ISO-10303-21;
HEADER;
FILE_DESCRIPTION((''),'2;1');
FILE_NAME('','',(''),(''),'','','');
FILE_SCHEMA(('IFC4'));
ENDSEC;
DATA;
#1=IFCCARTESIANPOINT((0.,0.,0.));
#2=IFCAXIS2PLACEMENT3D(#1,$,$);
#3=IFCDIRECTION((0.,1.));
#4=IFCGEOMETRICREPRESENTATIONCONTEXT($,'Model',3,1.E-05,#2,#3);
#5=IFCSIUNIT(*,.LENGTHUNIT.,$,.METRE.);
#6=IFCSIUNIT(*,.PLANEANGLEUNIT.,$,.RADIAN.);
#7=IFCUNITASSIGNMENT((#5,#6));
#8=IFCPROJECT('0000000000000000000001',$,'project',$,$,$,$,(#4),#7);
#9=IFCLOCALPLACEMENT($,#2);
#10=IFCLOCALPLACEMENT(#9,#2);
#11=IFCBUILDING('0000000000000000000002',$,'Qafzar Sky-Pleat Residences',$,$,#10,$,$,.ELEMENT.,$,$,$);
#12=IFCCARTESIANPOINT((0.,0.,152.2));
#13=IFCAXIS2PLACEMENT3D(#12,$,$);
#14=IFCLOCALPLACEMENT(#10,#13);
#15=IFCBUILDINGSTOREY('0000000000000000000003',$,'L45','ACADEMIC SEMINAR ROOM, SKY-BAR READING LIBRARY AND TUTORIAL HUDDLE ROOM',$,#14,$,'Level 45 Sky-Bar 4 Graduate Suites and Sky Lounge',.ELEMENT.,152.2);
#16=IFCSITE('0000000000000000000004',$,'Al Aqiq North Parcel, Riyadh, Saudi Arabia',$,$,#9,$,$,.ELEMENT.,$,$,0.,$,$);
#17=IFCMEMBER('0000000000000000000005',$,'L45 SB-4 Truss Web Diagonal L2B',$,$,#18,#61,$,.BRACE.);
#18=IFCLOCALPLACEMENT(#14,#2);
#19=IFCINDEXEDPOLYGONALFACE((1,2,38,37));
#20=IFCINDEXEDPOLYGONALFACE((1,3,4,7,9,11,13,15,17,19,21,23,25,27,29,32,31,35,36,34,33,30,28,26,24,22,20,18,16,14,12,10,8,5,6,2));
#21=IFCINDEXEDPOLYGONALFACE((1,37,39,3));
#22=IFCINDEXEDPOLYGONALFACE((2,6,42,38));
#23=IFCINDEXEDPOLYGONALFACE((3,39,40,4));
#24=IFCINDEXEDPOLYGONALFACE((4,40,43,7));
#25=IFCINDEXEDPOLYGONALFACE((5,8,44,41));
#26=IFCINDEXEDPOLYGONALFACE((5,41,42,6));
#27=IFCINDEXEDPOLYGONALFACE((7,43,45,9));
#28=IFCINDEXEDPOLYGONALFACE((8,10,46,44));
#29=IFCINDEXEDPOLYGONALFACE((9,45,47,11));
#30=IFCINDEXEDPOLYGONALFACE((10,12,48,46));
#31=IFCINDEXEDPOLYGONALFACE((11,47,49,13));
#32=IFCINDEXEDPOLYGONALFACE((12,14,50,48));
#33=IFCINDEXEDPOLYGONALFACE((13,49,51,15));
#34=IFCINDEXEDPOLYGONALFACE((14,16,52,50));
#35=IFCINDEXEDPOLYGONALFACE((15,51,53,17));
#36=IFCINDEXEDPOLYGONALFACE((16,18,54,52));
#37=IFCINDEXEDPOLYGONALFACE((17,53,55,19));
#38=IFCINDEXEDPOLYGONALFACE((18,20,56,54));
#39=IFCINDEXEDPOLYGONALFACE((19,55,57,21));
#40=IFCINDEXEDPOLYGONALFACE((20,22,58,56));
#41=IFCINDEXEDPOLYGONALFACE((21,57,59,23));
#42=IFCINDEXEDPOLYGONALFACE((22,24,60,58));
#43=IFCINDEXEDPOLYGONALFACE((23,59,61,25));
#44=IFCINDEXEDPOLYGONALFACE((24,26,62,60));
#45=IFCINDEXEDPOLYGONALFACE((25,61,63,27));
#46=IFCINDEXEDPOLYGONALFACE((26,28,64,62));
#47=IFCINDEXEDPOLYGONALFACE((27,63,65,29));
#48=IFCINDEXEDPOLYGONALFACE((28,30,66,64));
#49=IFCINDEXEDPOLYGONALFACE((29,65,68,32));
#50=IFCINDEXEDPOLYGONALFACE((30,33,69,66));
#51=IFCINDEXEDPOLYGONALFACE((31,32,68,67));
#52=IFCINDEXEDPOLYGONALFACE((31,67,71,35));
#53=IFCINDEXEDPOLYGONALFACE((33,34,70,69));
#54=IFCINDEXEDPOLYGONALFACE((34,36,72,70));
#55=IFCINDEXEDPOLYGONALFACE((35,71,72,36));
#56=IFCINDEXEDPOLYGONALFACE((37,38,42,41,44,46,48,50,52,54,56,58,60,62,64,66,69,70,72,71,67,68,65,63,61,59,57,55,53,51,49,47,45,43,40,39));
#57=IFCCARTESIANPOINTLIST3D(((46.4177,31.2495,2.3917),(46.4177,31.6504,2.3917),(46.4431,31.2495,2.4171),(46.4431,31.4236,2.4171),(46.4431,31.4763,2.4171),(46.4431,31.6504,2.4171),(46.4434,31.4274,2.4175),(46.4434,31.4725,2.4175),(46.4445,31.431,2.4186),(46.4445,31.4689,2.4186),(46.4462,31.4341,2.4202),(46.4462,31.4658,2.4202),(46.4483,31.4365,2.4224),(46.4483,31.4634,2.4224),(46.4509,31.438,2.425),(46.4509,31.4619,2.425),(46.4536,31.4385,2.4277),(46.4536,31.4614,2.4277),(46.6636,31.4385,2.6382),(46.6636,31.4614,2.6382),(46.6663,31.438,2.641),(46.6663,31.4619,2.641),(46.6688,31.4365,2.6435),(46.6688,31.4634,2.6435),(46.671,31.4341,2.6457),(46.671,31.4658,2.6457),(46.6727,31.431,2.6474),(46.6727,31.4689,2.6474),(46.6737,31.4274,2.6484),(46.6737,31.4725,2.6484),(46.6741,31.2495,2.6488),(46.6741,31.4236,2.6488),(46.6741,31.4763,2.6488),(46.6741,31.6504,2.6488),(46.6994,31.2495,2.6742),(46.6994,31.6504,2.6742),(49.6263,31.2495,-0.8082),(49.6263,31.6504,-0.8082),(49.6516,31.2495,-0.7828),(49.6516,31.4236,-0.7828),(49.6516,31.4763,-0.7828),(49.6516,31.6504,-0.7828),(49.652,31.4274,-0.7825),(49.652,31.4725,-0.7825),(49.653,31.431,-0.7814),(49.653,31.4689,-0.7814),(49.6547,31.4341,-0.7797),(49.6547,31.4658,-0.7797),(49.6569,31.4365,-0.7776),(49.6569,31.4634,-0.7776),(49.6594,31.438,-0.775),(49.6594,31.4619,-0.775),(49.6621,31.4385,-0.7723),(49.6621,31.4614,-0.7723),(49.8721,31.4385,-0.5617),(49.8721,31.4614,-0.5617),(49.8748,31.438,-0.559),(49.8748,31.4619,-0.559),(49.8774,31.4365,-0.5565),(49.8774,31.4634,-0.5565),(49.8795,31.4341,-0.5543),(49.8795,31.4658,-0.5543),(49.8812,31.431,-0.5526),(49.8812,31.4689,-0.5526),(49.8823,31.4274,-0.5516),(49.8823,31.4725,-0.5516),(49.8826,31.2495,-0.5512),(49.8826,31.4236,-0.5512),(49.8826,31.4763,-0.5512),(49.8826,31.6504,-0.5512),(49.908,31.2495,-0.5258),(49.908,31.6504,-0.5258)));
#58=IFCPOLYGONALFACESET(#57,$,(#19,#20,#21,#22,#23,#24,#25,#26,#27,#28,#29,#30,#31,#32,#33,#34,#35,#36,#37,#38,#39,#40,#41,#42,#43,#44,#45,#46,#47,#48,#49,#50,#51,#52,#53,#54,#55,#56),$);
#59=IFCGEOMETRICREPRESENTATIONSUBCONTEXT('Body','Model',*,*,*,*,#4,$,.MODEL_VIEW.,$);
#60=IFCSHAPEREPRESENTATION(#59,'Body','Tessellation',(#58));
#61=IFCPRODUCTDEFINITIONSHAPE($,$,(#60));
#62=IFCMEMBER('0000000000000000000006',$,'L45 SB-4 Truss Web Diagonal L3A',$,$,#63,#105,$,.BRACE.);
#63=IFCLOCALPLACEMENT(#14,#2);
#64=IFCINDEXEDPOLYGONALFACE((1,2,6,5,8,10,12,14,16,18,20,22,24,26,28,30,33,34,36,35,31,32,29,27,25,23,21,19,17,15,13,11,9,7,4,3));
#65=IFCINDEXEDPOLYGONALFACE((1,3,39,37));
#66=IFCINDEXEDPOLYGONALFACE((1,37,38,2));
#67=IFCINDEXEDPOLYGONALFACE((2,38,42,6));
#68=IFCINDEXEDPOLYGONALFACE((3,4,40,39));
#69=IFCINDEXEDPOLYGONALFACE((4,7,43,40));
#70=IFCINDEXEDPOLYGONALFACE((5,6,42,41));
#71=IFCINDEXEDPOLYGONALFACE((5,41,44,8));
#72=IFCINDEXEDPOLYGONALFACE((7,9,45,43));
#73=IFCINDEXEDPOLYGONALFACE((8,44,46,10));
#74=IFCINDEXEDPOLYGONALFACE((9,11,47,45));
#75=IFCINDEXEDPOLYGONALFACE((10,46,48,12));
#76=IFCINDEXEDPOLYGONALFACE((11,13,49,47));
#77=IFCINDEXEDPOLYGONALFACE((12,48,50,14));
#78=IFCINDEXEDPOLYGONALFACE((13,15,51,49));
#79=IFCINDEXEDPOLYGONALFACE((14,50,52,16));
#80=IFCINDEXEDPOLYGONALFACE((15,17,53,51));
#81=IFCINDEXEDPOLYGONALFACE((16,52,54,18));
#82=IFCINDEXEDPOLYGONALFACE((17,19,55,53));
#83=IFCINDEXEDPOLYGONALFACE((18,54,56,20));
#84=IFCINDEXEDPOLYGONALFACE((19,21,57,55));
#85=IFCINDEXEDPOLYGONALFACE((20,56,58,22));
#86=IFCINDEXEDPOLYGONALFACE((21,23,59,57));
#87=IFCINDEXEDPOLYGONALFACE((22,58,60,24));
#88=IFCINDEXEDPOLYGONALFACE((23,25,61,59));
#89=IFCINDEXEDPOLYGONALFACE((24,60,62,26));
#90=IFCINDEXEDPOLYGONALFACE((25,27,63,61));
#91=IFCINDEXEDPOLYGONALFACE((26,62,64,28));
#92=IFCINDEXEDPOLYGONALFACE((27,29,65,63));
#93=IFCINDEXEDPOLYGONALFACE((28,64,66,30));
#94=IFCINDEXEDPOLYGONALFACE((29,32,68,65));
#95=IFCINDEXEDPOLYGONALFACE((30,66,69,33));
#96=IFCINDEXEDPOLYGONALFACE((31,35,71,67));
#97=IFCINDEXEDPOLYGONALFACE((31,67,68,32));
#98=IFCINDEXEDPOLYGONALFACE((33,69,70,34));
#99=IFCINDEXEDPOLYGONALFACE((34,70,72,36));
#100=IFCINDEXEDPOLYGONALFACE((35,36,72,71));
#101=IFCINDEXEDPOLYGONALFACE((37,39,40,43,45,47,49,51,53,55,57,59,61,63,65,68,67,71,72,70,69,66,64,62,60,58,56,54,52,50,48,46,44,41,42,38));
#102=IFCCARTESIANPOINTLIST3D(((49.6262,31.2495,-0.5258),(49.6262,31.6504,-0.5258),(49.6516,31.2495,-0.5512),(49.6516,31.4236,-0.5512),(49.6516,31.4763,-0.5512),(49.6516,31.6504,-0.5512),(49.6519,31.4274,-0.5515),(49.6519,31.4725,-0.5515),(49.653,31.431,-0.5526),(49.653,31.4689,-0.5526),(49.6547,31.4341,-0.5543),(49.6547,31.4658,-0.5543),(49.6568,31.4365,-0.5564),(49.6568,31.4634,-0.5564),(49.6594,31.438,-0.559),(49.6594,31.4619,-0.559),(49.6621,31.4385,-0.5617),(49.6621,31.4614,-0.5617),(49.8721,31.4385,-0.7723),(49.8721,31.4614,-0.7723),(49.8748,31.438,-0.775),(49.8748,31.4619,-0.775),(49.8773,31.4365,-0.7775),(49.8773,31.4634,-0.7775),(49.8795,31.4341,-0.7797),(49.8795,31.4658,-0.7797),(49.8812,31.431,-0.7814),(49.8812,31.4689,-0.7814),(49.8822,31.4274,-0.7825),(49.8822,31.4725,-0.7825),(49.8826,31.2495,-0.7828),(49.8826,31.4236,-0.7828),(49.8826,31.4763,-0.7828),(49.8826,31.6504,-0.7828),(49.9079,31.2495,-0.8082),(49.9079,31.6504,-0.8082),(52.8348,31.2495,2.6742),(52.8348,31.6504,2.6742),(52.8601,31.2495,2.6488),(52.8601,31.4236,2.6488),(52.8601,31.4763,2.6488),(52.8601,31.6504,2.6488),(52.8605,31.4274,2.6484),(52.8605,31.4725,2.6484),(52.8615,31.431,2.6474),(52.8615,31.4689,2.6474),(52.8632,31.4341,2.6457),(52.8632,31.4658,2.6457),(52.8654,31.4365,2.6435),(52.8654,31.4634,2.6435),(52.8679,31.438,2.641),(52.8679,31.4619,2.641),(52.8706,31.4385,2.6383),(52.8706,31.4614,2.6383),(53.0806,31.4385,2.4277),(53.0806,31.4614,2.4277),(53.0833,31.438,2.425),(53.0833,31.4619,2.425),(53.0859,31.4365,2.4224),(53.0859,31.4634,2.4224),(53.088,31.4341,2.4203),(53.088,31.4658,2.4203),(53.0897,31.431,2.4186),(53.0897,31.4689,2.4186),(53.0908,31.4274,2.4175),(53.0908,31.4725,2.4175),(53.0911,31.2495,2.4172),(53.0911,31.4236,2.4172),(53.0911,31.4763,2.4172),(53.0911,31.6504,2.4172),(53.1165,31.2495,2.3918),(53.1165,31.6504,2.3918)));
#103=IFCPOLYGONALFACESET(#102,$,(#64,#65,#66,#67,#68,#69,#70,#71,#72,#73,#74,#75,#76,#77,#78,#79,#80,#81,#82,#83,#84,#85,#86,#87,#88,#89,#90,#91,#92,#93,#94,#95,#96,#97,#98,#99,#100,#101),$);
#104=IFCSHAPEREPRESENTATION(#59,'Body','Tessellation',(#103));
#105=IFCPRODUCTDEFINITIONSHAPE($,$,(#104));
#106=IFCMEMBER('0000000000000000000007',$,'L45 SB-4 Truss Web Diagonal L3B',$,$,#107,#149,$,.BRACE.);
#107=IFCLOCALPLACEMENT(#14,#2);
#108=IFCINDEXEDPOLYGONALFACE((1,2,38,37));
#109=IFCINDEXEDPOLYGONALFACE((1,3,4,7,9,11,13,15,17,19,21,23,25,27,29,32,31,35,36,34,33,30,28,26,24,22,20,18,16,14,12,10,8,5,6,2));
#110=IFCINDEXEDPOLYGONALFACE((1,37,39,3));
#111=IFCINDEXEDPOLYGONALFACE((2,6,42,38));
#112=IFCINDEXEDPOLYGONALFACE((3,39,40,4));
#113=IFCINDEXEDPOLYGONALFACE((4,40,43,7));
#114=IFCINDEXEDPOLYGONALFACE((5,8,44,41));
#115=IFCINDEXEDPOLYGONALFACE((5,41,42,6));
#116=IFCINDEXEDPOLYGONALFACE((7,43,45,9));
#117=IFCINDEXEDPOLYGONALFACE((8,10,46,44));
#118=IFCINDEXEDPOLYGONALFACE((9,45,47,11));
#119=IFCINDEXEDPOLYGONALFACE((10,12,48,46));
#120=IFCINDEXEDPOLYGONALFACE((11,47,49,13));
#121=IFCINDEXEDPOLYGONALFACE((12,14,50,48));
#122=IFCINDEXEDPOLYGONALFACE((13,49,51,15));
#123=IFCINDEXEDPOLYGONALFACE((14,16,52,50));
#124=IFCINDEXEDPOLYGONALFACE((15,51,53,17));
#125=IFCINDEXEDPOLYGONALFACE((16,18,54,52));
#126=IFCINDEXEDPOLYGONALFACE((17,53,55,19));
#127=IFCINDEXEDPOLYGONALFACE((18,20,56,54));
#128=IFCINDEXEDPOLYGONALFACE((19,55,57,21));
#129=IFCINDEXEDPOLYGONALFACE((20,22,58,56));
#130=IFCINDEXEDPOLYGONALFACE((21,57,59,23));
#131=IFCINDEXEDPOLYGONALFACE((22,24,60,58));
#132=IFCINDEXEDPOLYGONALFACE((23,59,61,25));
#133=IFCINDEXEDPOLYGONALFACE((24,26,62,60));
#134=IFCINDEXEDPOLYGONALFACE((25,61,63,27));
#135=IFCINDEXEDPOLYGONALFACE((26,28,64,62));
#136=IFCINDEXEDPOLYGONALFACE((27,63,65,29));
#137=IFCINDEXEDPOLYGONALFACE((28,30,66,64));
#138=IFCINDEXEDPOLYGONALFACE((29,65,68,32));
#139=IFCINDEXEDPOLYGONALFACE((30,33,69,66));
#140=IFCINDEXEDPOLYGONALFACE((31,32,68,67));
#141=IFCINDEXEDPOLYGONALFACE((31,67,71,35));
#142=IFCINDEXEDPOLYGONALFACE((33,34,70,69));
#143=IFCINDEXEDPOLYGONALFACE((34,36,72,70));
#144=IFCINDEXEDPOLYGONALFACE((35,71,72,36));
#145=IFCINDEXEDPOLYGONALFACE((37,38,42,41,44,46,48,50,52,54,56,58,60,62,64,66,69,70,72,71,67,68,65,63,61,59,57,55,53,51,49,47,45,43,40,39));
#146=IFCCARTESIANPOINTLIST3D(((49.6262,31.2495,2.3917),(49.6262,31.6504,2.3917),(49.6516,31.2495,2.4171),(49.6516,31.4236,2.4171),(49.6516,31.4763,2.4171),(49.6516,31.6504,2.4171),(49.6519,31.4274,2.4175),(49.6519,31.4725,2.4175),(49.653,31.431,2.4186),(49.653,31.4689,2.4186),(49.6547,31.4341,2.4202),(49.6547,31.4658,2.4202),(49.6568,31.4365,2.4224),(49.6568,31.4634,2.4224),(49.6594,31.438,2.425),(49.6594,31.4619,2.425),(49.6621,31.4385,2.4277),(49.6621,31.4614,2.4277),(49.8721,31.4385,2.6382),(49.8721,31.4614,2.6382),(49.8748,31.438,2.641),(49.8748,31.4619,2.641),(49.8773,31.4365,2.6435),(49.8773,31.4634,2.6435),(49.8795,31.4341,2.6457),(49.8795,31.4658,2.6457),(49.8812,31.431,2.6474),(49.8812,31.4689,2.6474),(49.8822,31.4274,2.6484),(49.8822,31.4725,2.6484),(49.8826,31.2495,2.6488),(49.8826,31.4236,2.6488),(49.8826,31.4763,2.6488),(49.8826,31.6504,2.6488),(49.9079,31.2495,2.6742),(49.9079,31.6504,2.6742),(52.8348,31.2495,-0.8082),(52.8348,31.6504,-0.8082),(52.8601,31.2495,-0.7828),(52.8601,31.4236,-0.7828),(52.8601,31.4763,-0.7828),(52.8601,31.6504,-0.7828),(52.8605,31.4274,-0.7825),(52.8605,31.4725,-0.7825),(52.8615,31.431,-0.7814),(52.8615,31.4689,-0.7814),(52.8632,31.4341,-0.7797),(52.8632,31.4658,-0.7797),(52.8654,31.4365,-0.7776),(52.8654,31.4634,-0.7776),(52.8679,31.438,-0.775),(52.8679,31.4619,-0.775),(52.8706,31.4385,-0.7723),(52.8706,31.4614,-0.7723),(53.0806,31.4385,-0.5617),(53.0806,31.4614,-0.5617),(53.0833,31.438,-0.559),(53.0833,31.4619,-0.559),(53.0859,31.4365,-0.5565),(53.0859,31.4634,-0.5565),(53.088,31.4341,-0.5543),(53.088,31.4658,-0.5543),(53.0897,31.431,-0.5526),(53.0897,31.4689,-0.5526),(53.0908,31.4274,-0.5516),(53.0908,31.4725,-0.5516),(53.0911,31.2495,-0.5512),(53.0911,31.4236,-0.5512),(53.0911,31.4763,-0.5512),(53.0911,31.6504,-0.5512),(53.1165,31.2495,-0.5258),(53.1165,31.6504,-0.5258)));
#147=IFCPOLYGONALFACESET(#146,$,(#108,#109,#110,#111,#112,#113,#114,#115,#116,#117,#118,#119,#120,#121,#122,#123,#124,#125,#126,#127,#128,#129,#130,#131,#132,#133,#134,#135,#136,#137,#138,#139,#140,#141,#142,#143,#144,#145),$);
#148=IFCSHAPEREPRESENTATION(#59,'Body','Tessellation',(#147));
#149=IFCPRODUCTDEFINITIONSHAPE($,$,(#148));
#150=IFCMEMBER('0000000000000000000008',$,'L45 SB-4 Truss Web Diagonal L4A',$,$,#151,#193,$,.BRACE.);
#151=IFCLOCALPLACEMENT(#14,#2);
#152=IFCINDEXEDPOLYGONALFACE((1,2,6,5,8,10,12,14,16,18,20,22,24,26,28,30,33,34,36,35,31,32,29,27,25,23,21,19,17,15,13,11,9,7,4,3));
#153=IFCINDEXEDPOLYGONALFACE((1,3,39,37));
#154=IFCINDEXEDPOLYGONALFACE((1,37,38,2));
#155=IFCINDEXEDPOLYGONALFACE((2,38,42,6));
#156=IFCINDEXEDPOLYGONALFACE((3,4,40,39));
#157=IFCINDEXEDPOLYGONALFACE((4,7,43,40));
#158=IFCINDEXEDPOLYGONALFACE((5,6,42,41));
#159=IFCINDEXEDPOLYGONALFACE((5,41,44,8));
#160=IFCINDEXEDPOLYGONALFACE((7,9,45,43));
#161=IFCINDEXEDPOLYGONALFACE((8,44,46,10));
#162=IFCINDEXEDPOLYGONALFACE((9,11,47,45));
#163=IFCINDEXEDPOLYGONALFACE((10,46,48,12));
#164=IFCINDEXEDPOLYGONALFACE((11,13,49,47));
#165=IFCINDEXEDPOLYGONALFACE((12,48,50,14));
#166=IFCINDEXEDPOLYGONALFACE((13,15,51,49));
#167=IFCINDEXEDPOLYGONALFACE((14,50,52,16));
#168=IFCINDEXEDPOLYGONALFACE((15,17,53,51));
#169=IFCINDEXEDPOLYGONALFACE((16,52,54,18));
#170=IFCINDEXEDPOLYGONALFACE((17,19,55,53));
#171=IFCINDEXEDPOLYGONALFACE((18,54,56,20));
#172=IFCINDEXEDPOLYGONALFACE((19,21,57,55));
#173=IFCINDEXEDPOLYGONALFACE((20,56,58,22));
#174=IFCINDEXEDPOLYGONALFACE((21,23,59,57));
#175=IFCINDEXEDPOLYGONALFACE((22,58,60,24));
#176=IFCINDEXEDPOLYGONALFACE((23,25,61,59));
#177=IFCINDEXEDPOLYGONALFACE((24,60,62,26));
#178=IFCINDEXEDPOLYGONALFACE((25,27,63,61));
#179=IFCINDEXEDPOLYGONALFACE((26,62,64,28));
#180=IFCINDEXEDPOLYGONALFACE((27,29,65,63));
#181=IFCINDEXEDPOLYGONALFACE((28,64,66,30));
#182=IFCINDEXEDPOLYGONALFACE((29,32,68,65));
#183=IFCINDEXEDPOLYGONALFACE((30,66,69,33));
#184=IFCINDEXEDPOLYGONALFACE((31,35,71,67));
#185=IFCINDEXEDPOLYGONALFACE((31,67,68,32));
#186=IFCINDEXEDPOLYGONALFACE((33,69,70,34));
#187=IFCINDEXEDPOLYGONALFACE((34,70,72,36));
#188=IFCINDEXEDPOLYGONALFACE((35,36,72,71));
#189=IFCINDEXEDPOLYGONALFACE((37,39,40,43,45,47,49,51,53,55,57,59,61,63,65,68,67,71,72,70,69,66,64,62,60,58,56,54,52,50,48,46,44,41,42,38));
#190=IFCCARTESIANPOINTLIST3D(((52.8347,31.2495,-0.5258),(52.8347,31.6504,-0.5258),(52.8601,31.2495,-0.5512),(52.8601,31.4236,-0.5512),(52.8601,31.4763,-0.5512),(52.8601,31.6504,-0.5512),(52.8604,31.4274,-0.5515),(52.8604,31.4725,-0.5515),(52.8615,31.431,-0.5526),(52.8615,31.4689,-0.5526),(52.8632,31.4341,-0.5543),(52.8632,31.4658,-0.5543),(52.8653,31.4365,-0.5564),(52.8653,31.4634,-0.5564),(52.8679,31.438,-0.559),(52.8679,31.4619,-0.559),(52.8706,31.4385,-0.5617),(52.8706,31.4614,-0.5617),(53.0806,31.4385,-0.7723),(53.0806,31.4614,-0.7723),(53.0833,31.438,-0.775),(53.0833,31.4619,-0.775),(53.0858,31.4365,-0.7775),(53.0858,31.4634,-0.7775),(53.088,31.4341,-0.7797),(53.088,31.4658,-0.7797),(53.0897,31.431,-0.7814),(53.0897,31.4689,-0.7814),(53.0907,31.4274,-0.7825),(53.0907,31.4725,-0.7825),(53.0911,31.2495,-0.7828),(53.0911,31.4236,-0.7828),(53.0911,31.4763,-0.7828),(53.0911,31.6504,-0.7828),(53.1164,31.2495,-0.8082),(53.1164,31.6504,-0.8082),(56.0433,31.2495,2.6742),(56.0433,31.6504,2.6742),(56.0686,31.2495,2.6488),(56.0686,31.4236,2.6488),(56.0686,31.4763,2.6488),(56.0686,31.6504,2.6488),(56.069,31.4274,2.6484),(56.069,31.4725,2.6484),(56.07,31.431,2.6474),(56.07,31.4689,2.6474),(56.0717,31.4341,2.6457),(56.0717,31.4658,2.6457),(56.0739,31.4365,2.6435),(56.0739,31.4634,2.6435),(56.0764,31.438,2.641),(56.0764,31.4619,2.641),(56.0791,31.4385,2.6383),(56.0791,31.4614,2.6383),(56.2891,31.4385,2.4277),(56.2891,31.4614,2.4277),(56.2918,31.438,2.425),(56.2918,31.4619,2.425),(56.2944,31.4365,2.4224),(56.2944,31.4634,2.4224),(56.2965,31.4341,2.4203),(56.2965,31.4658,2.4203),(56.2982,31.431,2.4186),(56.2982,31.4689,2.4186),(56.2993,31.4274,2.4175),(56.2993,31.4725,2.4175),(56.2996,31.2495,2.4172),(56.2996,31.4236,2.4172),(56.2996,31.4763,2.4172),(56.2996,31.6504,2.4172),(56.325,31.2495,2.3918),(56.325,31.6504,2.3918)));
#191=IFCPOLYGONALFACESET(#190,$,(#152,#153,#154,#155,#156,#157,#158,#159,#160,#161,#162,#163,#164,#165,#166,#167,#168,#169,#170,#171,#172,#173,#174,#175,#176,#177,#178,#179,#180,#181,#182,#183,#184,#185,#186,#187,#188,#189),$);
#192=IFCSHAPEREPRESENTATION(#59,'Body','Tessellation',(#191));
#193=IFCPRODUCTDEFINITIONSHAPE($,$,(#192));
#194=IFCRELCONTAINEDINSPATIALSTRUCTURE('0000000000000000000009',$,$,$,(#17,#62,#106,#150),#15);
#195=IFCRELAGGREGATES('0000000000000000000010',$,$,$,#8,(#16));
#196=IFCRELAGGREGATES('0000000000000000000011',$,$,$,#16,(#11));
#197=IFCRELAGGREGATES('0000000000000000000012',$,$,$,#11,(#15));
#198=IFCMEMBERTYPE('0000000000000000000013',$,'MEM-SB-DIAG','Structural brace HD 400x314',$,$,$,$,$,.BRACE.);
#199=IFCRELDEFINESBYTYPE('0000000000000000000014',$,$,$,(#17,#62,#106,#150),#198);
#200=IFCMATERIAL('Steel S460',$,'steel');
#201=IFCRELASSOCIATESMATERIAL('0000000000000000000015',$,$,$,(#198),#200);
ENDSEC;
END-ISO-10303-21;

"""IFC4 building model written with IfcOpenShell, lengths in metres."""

from ifc_helpers import new_model, si_unit, direction, frame, origin, origin_2d, place, context, subcontext, project, spatial, i_section, extrude, source, transform, mapped, material, material_profile, profile_set, type_object, element, save


model = new_model("IFC4")

# Units and contexts
model_context = context("Model", 3, precision=1e-05, world=origin(), true_north=direction((0.0, 1.0)))
body_context = subcontext(model_context, "Body", "Model", "MODEL_VIEW")
ifc_project = project(units=[si_unit("LENGTHUNIT", "METRE"), si_unit("PLANEANGLEUNIT", "RADIAN")], contexts=[model_context])

# Site, building, storey
site_placement = place(None, origin())
site = spatial("IfcSite", under=ifc_project, at=site_placement, Name="Al Aqiq North Parcel, Riyadh, Saudi Arabia", CompositionType="ELEMENT", RefElevation=0.0)
building_placement = place(site_placement, origin())
building = spatial("IfcBuilding", under=site, at=building_placement, Name="Qafzar Sky-Pleat Residences", CompositionType="ELEMENT")
storey_placement = place(building_placement, frame((0.0, 0.0, 152.2)))
storey = spatial("IfcBuildingStorey", under=building, at=storey_placement, Name="L45", Description="ACADEMIC SEMINAR ROOM, SKY-BAR READING LIBRARY AND TUTORIAL HUDDLE ROOM", LongName="Level 45 Sky-Bar 4 Graduate Suites and Sky Lounge", CompositionType="ELEMENT", Elevation=152.2)

# Shared definitions
ifc_material_1 = material(Name="Steel S460", Category="steel")

# Members
ifc_material_profile_1 = material_profile(ifc_material_1, i_section(OverallWidth=0.4009, OverallDepth=0.3989, WebThickness=0.0229, FlangeThickness=0.0359, FilletRadius=0.0149, at=origin_2d()), Name="HD 400x314")
ifc_profile_set_1 = profile_set([ifc_material_profile_1], Name="Steel S460")
member_type_1 = type_object("IfcMemberType", Name="MEM-SB-DIAG", Description="Structural brace HD 400x314", PredefinedType="BRACE", material=ifc_profile_set_1)
shared_shape_1 = source(origin(), body_context, "Body", "SweptSolid", [
    extrude(i_section(OverallWidth=0.4009, OverallDepth=0.3989, WebThickness=0.0229, FlangeThickness=0.0359, FilletRadius=0.0149, at=origin_2d()), origin(), (0.0, 0.0, 1.0), 4.5315),
])
for number, where, z_axis, x_axis, name in (
    (1, (46.5586, 31.45, 2.533), (0.708049, 0.0, -0.706163), (0.0, 1.0, 0.0), "L45 SB-4 Truss Web Diagonal L2B"),
    (2, (49.7671, 31.45, -0.667), (0.708049, 0.0, 0.706163), (0.0, 1.0, 0.0), "L45 SB-4 Truss Web Diagonal L3A"),
    (3, (49.7671, 31.45, 2.533), (0.708049, 0.0, -0.706163), (0.0, 1.0, 0.0), "L45 SB-4 Truss Web Diagonal L3B"),
    (4, (52.9756, 31.45, -0.667), (0.708049, 0.0, 0.706163), (0.0, 1.0, 0.0), "L45 SB-4 Truss Web Diagonal L4A"),
):
    element("IfcMember", number, at=place(storey_placement, frame(where, z_axis=z_axis, x_axis=x_axis)), inside=storey, type_object=member_type_1, Name=name, PredefinedType="BRACE", context=body_context, shape_type="MappedRepresentation", body=[
        mapped(shared_shape_1, transform((0.0, 0.0, 0.0), x_axis=(1.0, 0.0, 0.0), y_axis=(0.0, 1.0, 0.0), z_axis=(0.0, 0.0, 1.0), scale=1.0)),
    ])

save(model, "model.ifc")
